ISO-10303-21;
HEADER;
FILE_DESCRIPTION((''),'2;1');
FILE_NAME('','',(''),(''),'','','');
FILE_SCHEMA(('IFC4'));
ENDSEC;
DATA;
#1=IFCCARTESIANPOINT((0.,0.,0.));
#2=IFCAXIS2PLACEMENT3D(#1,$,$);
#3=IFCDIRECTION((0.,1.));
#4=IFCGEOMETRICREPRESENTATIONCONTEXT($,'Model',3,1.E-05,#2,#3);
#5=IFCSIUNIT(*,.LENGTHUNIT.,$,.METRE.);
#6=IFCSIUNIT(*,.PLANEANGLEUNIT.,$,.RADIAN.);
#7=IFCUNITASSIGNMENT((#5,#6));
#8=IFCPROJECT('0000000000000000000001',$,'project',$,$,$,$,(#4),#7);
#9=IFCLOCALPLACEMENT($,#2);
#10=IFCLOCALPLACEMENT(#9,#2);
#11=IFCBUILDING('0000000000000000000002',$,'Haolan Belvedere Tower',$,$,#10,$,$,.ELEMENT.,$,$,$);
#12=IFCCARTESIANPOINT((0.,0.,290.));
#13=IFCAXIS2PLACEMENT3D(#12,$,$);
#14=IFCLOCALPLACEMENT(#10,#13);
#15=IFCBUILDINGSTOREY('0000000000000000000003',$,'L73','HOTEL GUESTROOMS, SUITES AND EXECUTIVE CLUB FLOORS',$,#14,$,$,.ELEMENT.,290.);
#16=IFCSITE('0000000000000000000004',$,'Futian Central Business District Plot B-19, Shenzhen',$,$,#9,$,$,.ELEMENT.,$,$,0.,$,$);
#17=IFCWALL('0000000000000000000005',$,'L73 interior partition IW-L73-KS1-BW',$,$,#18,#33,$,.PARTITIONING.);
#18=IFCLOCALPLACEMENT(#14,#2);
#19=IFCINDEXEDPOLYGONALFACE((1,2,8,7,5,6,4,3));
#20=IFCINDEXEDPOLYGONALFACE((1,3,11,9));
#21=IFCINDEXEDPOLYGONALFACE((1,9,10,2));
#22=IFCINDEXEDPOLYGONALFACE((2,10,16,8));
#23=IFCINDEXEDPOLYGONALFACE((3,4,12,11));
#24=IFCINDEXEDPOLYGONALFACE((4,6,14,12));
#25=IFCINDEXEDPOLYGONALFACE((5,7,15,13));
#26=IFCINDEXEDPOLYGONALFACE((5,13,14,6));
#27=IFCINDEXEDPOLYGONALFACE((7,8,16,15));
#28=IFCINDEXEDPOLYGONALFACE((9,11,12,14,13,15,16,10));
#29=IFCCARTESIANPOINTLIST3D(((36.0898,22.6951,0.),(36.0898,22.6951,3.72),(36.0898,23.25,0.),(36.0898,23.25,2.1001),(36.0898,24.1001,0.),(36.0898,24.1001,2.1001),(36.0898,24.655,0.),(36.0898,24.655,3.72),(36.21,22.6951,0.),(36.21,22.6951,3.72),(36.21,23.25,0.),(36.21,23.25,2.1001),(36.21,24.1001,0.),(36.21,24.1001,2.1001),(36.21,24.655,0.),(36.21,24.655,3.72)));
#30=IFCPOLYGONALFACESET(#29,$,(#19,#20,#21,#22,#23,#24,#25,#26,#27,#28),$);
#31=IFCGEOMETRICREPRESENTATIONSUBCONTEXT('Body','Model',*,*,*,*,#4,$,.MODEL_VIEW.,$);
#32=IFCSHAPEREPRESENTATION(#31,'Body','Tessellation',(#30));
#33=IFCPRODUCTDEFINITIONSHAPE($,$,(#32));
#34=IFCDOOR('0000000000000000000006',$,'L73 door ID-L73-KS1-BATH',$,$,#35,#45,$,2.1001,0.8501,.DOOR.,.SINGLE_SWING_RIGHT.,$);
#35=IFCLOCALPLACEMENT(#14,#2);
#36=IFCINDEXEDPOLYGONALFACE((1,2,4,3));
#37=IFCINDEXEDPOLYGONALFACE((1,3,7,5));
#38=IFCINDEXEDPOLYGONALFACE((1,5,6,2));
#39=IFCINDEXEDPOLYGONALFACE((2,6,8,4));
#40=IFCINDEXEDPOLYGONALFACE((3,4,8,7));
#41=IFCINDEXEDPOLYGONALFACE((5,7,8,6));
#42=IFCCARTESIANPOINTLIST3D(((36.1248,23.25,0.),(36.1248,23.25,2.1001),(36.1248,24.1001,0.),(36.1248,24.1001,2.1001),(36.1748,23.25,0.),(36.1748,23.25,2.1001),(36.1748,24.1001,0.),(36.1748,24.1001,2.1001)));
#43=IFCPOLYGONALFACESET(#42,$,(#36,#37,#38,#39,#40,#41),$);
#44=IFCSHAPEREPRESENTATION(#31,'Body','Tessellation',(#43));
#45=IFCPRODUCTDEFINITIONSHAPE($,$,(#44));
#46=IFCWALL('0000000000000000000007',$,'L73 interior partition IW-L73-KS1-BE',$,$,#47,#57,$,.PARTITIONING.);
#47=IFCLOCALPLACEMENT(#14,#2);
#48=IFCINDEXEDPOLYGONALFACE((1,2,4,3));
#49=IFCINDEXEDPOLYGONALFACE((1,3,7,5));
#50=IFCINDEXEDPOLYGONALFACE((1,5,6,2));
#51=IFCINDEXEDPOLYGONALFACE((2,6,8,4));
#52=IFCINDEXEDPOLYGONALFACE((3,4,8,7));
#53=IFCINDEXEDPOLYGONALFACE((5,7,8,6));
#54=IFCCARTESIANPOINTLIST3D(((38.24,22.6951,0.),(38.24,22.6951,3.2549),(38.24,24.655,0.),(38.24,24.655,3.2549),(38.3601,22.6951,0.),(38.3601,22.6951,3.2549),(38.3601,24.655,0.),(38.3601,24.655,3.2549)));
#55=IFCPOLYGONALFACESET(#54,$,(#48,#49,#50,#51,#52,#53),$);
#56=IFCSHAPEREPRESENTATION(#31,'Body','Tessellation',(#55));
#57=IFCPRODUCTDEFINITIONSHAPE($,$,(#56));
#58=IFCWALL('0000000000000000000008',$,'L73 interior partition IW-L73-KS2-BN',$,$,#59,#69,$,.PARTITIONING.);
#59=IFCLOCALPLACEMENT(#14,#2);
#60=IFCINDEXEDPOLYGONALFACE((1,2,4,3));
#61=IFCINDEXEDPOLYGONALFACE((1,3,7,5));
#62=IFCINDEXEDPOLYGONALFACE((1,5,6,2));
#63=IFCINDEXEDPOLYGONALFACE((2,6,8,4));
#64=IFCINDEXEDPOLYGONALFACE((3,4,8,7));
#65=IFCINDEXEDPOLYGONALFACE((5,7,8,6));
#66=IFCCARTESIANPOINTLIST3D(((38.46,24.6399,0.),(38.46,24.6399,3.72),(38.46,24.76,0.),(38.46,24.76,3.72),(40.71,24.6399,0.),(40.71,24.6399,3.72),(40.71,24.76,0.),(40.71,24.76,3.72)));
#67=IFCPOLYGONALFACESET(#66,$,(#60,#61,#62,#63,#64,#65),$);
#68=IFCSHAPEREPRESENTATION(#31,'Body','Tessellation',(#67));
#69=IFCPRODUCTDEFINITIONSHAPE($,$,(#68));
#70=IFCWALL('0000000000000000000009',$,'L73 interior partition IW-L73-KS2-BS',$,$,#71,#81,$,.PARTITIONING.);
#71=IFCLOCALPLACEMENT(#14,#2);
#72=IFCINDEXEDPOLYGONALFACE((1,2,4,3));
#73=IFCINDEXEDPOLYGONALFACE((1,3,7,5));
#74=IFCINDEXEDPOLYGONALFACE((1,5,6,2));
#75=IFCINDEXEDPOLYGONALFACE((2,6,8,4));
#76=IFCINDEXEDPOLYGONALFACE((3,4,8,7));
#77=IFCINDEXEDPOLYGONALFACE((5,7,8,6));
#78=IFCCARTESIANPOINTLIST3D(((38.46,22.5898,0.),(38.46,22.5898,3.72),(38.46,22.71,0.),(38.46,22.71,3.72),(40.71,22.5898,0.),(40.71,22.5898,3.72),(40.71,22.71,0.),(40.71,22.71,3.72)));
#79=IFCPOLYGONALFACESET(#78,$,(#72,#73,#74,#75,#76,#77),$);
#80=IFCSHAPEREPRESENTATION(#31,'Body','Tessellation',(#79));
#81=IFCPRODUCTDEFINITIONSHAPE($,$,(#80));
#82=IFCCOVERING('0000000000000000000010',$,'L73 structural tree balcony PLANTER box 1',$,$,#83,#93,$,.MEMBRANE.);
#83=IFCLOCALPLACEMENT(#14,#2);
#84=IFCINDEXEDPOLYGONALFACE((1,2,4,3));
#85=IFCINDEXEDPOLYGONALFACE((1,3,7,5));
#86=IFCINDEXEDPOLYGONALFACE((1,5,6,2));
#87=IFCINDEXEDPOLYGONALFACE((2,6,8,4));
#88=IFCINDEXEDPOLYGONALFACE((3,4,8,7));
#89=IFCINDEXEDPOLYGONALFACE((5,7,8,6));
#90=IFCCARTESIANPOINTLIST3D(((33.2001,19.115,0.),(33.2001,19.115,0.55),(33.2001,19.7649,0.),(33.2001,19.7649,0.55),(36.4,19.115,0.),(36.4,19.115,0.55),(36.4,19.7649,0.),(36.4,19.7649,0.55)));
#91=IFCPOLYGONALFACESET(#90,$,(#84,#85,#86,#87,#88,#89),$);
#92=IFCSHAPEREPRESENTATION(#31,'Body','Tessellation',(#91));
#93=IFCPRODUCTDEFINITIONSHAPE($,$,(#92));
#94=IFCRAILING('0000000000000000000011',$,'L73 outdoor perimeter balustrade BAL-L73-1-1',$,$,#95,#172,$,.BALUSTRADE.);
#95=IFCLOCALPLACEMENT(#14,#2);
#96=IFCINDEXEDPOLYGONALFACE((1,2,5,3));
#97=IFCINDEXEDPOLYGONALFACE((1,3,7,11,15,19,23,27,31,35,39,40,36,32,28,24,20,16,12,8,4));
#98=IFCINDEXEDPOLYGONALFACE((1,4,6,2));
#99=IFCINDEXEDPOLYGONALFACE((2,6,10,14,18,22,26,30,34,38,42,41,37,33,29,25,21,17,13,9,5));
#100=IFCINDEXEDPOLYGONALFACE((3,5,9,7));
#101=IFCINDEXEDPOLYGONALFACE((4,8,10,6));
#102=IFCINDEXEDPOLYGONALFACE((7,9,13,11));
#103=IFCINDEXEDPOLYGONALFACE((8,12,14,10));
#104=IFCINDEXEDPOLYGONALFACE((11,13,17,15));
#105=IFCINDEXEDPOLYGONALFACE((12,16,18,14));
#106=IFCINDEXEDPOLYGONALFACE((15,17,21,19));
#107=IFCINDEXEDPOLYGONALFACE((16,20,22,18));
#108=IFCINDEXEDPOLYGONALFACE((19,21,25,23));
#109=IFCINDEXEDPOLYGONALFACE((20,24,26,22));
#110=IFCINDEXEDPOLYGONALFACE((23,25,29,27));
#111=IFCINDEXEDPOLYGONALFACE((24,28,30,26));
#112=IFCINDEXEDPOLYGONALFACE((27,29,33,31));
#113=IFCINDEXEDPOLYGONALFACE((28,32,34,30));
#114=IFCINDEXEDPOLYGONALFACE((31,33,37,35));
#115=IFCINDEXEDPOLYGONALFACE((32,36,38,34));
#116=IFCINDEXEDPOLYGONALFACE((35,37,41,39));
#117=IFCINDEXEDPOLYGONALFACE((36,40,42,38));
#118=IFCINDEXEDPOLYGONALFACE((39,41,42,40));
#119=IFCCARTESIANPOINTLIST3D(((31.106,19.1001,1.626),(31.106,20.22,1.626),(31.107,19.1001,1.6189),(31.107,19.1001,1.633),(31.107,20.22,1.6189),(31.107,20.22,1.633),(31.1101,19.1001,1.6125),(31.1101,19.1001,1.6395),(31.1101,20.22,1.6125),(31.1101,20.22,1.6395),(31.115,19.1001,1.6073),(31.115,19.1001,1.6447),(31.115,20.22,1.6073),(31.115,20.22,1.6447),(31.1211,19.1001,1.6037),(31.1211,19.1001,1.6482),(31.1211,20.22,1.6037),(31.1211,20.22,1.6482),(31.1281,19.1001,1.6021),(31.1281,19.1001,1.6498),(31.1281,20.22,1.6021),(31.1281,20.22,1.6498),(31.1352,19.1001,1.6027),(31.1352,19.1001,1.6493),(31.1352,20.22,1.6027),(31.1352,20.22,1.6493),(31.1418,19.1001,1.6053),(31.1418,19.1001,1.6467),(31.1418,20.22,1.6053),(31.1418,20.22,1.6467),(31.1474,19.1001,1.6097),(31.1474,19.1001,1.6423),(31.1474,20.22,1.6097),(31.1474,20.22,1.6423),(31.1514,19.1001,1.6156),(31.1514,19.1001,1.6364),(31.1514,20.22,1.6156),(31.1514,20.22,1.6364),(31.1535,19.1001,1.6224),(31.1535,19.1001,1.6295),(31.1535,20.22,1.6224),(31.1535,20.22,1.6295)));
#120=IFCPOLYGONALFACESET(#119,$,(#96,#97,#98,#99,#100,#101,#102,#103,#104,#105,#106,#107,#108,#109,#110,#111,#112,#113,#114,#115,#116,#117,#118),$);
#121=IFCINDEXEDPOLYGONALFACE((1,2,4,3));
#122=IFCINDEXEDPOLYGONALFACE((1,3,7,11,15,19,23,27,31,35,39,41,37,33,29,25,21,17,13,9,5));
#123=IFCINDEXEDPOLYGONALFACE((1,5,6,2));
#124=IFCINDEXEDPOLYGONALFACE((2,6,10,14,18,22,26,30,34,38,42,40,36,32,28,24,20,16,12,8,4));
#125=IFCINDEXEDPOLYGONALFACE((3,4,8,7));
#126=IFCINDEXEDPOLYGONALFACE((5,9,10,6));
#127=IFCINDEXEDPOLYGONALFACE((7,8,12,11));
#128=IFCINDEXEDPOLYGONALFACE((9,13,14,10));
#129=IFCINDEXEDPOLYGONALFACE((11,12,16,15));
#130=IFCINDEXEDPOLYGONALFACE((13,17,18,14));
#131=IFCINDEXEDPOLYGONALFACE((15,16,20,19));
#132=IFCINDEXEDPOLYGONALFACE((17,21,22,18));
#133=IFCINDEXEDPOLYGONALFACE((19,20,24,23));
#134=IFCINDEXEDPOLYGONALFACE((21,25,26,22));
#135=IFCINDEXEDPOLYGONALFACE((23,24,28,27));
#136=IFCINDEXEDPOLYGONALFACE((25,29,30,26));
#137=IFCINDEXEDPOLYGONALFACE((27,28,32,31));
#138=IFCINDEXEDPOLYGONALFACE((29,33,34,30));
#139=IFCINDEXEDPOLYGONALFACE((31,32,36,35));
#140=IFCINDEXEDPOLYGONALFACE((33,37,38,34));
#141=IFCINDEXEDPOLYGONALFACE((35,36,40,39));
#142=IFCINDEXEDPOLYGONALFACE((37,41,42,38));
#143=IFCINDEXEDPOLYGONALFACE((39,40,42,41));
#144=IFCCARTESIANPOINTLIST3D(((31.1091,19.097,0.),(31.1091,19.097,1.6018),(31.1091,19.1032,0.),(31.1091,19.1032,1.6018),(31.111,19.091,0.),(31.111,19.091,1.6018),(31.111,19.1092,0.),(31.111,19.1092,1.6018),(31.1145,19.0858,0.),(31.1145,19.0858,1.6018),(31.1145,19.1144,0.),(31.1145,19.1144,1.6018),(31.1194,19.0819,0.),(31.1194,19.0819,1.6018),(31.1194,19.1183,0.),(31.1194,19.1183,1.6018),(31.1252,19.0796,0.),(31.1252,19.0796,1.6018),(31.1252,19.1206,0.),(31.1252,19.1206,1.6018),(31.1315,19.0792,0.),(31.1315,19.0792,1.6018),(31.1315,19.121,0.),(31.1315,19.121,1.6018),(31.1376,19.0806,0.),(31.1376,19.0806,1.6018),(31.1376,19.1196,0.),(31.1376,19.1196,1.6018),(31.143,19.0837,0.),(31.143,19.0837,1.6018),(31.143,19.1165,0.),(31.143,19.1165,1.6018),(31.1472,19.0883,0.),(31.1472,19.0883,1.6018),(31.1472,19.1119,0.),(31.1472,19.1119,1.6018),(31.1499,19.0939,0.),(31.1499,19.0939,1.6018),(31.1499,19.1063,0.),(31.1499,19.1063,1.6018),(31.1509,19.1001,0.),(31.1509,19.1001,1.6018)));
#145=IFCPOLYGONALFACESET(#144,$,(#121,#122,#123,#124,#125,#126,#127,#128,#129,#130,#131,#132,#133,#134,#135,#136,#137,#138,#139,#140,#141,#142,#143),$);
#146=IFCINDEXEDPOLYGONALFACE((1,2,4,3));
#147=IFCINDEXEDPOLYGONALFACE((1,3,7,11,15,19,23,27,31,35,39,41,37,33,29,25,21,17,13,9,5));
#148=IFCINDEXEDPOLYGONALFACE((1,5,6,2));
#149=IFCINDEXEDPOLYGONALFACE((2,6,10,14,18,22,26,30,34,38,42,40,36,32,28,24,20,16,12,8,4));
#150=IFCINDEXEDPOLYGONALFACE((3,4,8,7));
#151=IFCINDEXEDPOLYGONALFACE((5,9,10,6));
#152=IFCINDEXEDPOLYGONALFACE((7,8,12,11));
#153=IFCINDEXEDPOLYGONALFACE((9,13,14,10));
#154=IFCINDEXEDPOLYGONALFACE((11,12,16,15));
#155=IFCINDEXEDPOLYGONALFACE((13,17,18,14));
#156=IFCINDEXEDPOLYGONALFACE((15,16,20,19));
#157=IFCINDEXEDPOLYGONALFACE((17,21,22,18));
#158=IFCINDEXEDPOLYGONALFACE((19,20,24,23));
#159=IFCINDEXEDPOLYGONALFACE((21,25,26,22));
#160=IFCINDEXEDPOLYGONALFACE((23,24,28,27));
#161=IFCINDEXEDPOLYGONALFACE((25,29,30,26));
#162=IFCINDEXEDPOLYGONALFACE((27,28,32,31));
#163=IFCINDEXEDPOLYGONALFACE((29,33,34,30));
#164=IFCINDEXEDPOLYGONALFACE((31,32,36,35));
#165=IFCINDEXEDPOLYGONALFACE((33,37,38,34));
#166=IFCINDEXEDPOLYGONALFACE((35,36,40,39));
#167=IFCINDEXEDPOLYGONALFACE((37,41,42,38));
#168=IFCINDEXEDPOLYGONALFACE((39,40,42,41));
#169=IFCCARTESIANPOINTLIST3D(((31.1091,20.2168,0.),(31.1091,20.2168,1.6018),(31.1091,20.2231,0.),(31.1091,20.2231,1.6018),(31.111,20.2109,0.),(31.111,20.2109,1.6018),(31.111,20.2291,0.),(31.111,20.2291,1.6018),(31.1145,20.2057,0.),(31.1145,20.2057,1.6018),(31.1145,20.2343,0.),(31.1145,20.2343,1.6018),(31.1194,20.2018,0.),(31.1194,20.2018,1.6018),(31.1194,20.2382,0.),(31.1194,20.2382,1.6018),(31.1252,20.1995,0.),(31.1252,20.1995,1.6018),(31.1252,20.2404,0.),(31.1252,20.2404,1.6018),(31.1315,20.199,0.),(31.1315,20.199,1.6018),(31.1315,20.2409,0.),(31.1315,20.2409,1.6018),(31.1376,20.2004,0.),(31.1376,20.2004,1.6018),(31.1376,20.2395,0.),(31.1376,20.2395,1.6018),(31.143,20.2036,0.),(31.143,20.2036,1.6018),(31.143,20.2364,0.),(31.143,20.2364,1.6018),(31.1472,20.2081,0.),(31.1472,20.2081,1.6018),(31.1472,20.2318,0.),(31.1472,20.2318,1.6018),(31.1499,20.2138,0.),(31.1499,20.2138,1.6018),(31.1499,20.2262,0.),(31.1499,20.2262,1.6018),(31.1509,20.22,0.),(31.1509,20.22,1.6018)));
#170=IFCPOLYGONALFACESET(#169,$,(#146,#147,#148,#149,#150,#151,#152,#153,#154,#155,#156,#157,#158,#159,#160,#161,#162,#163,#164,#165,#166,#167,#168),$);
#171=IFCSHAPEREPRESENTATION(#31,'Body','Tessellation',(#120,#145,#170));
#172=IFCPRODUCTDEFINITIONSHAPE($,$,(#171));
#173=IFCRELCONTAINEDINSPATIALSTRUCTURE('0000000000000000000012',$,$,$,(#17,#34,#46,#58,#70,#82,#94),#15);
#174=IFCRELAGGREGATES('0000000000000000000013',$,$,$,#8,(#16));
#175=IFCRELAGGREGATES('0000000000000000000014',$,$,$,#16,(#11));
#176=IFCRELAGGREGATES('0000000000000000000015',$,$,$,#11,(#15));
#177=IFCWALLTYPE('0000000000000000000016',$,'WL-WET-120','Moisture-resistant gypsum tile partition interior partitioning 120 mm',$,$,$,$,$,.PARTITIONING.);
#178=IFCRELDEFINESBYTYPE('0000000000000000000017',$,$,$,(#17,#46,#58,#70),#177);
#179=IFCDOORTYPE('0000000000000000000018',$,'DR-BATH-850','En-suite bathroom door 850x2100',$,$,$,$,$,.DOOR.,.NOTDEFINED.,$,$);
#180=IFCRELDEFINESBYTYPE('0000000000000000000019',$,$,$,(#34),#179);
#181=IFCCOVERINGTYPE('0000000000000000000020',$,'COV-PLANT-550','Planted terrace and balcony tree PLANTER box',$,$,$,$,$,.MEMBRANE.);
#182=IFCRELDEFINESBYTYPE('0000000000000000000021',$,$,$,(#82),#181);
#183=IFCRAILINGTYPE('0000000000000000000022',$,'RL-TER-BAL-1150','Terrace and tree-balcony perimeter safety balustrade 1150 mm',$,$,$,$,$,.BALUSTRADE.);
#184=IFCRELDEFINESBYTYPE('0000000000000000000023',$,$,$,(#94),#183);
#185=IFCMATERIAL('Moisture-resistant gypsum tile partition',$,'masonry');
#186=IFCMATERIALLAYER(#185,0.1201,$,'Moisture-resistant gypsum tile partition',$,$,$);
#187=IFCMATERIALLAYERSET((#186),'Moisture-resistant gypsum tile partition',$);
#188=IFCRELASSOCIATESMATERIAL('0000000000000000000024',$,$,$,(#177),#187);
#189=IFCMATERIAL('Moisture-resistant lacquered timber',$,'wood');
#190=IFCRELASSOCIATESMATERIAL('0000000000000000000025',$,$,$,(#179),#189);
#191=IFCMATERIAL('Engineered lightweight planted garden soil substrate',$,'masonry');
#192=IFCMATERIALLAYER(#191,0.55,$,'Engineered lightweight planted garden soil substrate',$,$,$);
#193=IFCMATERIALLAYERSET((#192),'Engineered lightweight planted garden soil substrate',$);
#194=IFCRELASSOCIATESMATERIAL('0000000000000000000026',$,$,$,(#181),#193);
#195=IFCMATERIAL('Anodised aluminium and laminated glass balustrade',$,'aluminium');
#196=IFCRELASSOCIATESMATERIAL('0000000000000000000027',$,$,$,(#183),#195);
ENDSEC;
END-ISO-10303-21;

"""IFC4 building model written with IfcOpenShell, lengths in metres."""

from ifc_helpers import new_model, si_unit, direction, frame, frame_2d, origin, origin_2d, place, context, subcontext, project, spatial, rectangle, circle, extrude, material, layer, layer_set, type_object, element, fill, save


model = new_model("IFC4")

# Units and contexts
model_context = context("Model", 3, precision=1e-05, world=origin(), true_north=direction((0.0, 1.0)))
body_context = subcontext(model_context, "Body", "Model", "MODEL_VIEW")
ifc_project = project(units=[si_unit("LENGTHUNIT", "METRE"), si_unit("PLANEANGLEUNIT", "RADIAN")], contexts=[model_context])

# Site, building, storey
site_placement = place(None, origin())
site = spatial("IfcSite", under=ifc_project, at=site_placement, Name="Futian Central Business District Plot B-19, Shenzhen", CompositionType="ELEMENT", RefElevation=0.0)
building_placement = place(site_placement, origin())
building = spatial("IfcBuilding", under=site, at=building_placement, Name="Haolan Belvedere Tower", CompositionType="ELEMENT")
storey_placement = place(building_placement, frame((0.0, 0.0, 290.0)))
storey = spatial("IfcBuildingStorey", under=building, at=storey_placement, Name="L73", Description="HOTEL GUESTROOMS, SUITES AND EXECUTIVE CLUB FLOORS", CompositionType="ELEMENT", Elevation=290.0)

# Shared definitions
ifc_material_1 = material(Name="Moisture-resistant gypsum tile partition", Category="masonry")
ifc_layer_1 = layer(ifc_material_1, 0.1201, Name="Moisture-resistant gypsum tile partition")
ifc_layer_set_1 = layer_set([ifc_layer_1], Name="Moisture-resistant gypsum tile partition")
wall_type_1 = type_object("IfcWallType", Name="WL-WET-120", Description="Moisture-resistant gypsum tile partition interior partitioning 120 mm", PredefinedType="PARTITIONING", material=ifc_layer_set_1)

# Wall, opening, door
wall_1_placement = place(storey_placement, frame((36.1499, 22.6951, 0.0), z_axis=(0.0, 0.0, 1.0), x_axis=(0.0, 1.0, 0.0)))
wall_1 = element("IfcWall", 1, at=wall_1_placement, inside=storey, type_object=wall_type_1, Name="L73 interior partition IW-L73-KS1-BW", PredefinedType="PARTITIONING", context=body_context, shape_type="SweptSolid", body=[
    extrude(rectangle(XDim=1.96, YDim=0.1201, at=frame_2d((0.98, 0.0))), origin(), (0.0, 0.0, 1.0), 3.72),
])
opening_1_placement = place(wall_1_placement, frame((1.405, 0.0, 0.0), z_axis=(0.0, 0.0, 1.0), x_axis=(-1.0, 0.0, 0.0)))
opening_1 = element("IfcOpeningElement", 2, at=opening_1_placement, cuts=wall_1, PredefinedType="OPENING", context=body_context, shape_type="SweptSolid", body=[
    extrude(rectangle(XDim=0.8501, YDim=2.1001, at=frame_2d((0.425, 1.05))), frame((0.0, 0.0701, 0.0), z_axis=(0.0, -1.0, 0.0), x_axis=(1.0, 0.0, 0.0)), (0.0, 0.0, 1.0), 0.1401),
])
ifc_material_2 = material(Name="Moisture-resistant lacquered timber", Category="wood")
door_type_1 = type_object("IfcDoorType", Name="DR-BATH-850", Description="En-suite bathroom door 850x2100", OperationType="NOTDEFINED", PredefinedType="DOOR", material=ifc_material_2)
door_1_placement = place(opening_1_placement, origin())
door_1 = element("IfcDoor", 3, at=door_1_placement, inside=storey, type_object=door_type_1, Name="L73 door ID-L73-KS1-BATH", OperationType="SINGLE_SWING_RIGHT", OverallHeight=2.1001, OverallWidth=0.8501, PredefinedType="DOOR", context=body_context, shape_type="SweptSolid", body=[
    extrude(rectangle(XDim=0.8501, YDim=2.1001, at=frame_2d((0.425, 1.05))), frame((0.0, 0.0249, 0.0), z_axis=(0.0, -1.0, 0.0), x_axis=(1.0, 0.0, 0.0)), (0.0, 0.0, 1.0), 0.05),
])
fill(opening_1, door_1)

# Walls
wall_2_placement = place(storey_placement, frame((38.3, 22.6951, 0.0), z_axis=(0.0, 0.0, 1.0), x_axis=(0.0, 1.0, 0.0)))
element("IfcWall", 4, at=wall_2_placement, inside=storey, type_object=wall_type_1, Name="L73 interior partition IW-L73-KS1-BE", PredefinedType="PARTITIONING", context=body_context, shape_type="SweptSolid", body=[
    extrude(rectangle(XDim=1.96, YDim=0.1201, at=frame_2d((0.98, 0.0))), origin(), (0.0, 0.0, 1.0), 3.2549),
])
for number, where, z_axis, x_axis, name in (
    (5, (38.46, 24.7, 0.0), (0.0, 0.0, 1.0), (1.0, 0.0, 0.0), "L73 interior partition IW-L73-KS2-BN"),
    (6, (38.46, 22.6499, 0.0), (0.0, 0.0, 1.0), (1.0, 0.0, 0.0), "L73 interior partition IW-L73-KS2-BS"),
):
    element("IfcWall", number, at=place(storey_placement, frame(where, z_axis=z_axis, x_axis=x_axis)), inside=storey, type_object=wall_type_1, Name=name, PredefinedType="PARTITIONING", context=body_context, shape_type="SweptSolid", body=[
        extrude(rectangle(XDim=2.25, YDim=0.1201, at=frame_2d((1.125, 0.0))), origin(), (0.0, 0.0, 1.0), 3.72),
    ])

# Covering
ifc_material_3 = material(Name="Engineered lightweight planted garden soil substrate", Category="masonry")
ifc_layer_2 = layer(ifc_material_3, 0.55, Name="Engineered lightweight planted garden soil substrate")
ifc_layer_set_2 = layer_set([ifc_layer_2], Name="Engineered lightweight planted garden soil substrate")
covering_type = type_object("IfcCoveringType", Name="COV-PLANT-550", Description="Planted terrace and balcony tree PLANTER box", PredefinedType="MEMBRANE", material=ifc_layer_set_2)
covering_placement = place(storey_placement, frame((34.8, 19.4399, 0.0), z_axis=(0.0, 0.0, 1.0), x_axis=(1.0, 0.0, 0.0)))
element("IfcCovering", 7, at=covering_placement, inside=storey, type_object=covering_type, Name="L73 structural tree balcony PLANTER box 1", PredefinedType="MEMBRANE", context=body_context, shape_type="SweptSolid", body=[
    extrude(rectangle(XDim=3.2, YDim=0.6499, at=origin_2d()), origin(), (0.0, 0.0, 1.0), 0.55),
])

# Railing
ifc_material_4 = material(Name="Anodised aluminium and laminated glass balustrade", Category="aluminium")
railing_type = type_object("IfcRailingType", Name="RL-TER-BAL-1150", Description="Terrace and tree-balcony perimeter safety balustrade 1150 mm", PredefinedType="BALUSTRADE", material=ifc_material_4)
railing_1_placement = place(storey_placement, frame((31.1299, 19.1001, 0.0)))
element("IfcRailing", 8, at=railing_1_placement, inside=storey, type_object=railing_type, Name="L73 outdoor perimeter balustrade BAL-L73-1-1", PredefinedType="BALUSTRADE", context=body_context, shape_type="SweptSolid", body=[
    extrude(circle(Radius=0.0239, at=origin_2d()), frame((0.0, 0.0, 1.626), z_axis=(0.0, 1.0, 0.0), x_axis=(-1.0, 0.0, 0.0)), (0.0, 0.0, 1.0), 1.1199),
    extrude(circle(Radius=0.021, at=origin_2d()), origin(), (0.0, 0.0, 1.0), 1.6018),
    extrude(circle(Radius=0.021, at=origin_2d()), frame((0.0, 1.1199, 0.0)), (0.0, 0.0, 1.0), 1.6018),
])

save(model, "model.ifc")
